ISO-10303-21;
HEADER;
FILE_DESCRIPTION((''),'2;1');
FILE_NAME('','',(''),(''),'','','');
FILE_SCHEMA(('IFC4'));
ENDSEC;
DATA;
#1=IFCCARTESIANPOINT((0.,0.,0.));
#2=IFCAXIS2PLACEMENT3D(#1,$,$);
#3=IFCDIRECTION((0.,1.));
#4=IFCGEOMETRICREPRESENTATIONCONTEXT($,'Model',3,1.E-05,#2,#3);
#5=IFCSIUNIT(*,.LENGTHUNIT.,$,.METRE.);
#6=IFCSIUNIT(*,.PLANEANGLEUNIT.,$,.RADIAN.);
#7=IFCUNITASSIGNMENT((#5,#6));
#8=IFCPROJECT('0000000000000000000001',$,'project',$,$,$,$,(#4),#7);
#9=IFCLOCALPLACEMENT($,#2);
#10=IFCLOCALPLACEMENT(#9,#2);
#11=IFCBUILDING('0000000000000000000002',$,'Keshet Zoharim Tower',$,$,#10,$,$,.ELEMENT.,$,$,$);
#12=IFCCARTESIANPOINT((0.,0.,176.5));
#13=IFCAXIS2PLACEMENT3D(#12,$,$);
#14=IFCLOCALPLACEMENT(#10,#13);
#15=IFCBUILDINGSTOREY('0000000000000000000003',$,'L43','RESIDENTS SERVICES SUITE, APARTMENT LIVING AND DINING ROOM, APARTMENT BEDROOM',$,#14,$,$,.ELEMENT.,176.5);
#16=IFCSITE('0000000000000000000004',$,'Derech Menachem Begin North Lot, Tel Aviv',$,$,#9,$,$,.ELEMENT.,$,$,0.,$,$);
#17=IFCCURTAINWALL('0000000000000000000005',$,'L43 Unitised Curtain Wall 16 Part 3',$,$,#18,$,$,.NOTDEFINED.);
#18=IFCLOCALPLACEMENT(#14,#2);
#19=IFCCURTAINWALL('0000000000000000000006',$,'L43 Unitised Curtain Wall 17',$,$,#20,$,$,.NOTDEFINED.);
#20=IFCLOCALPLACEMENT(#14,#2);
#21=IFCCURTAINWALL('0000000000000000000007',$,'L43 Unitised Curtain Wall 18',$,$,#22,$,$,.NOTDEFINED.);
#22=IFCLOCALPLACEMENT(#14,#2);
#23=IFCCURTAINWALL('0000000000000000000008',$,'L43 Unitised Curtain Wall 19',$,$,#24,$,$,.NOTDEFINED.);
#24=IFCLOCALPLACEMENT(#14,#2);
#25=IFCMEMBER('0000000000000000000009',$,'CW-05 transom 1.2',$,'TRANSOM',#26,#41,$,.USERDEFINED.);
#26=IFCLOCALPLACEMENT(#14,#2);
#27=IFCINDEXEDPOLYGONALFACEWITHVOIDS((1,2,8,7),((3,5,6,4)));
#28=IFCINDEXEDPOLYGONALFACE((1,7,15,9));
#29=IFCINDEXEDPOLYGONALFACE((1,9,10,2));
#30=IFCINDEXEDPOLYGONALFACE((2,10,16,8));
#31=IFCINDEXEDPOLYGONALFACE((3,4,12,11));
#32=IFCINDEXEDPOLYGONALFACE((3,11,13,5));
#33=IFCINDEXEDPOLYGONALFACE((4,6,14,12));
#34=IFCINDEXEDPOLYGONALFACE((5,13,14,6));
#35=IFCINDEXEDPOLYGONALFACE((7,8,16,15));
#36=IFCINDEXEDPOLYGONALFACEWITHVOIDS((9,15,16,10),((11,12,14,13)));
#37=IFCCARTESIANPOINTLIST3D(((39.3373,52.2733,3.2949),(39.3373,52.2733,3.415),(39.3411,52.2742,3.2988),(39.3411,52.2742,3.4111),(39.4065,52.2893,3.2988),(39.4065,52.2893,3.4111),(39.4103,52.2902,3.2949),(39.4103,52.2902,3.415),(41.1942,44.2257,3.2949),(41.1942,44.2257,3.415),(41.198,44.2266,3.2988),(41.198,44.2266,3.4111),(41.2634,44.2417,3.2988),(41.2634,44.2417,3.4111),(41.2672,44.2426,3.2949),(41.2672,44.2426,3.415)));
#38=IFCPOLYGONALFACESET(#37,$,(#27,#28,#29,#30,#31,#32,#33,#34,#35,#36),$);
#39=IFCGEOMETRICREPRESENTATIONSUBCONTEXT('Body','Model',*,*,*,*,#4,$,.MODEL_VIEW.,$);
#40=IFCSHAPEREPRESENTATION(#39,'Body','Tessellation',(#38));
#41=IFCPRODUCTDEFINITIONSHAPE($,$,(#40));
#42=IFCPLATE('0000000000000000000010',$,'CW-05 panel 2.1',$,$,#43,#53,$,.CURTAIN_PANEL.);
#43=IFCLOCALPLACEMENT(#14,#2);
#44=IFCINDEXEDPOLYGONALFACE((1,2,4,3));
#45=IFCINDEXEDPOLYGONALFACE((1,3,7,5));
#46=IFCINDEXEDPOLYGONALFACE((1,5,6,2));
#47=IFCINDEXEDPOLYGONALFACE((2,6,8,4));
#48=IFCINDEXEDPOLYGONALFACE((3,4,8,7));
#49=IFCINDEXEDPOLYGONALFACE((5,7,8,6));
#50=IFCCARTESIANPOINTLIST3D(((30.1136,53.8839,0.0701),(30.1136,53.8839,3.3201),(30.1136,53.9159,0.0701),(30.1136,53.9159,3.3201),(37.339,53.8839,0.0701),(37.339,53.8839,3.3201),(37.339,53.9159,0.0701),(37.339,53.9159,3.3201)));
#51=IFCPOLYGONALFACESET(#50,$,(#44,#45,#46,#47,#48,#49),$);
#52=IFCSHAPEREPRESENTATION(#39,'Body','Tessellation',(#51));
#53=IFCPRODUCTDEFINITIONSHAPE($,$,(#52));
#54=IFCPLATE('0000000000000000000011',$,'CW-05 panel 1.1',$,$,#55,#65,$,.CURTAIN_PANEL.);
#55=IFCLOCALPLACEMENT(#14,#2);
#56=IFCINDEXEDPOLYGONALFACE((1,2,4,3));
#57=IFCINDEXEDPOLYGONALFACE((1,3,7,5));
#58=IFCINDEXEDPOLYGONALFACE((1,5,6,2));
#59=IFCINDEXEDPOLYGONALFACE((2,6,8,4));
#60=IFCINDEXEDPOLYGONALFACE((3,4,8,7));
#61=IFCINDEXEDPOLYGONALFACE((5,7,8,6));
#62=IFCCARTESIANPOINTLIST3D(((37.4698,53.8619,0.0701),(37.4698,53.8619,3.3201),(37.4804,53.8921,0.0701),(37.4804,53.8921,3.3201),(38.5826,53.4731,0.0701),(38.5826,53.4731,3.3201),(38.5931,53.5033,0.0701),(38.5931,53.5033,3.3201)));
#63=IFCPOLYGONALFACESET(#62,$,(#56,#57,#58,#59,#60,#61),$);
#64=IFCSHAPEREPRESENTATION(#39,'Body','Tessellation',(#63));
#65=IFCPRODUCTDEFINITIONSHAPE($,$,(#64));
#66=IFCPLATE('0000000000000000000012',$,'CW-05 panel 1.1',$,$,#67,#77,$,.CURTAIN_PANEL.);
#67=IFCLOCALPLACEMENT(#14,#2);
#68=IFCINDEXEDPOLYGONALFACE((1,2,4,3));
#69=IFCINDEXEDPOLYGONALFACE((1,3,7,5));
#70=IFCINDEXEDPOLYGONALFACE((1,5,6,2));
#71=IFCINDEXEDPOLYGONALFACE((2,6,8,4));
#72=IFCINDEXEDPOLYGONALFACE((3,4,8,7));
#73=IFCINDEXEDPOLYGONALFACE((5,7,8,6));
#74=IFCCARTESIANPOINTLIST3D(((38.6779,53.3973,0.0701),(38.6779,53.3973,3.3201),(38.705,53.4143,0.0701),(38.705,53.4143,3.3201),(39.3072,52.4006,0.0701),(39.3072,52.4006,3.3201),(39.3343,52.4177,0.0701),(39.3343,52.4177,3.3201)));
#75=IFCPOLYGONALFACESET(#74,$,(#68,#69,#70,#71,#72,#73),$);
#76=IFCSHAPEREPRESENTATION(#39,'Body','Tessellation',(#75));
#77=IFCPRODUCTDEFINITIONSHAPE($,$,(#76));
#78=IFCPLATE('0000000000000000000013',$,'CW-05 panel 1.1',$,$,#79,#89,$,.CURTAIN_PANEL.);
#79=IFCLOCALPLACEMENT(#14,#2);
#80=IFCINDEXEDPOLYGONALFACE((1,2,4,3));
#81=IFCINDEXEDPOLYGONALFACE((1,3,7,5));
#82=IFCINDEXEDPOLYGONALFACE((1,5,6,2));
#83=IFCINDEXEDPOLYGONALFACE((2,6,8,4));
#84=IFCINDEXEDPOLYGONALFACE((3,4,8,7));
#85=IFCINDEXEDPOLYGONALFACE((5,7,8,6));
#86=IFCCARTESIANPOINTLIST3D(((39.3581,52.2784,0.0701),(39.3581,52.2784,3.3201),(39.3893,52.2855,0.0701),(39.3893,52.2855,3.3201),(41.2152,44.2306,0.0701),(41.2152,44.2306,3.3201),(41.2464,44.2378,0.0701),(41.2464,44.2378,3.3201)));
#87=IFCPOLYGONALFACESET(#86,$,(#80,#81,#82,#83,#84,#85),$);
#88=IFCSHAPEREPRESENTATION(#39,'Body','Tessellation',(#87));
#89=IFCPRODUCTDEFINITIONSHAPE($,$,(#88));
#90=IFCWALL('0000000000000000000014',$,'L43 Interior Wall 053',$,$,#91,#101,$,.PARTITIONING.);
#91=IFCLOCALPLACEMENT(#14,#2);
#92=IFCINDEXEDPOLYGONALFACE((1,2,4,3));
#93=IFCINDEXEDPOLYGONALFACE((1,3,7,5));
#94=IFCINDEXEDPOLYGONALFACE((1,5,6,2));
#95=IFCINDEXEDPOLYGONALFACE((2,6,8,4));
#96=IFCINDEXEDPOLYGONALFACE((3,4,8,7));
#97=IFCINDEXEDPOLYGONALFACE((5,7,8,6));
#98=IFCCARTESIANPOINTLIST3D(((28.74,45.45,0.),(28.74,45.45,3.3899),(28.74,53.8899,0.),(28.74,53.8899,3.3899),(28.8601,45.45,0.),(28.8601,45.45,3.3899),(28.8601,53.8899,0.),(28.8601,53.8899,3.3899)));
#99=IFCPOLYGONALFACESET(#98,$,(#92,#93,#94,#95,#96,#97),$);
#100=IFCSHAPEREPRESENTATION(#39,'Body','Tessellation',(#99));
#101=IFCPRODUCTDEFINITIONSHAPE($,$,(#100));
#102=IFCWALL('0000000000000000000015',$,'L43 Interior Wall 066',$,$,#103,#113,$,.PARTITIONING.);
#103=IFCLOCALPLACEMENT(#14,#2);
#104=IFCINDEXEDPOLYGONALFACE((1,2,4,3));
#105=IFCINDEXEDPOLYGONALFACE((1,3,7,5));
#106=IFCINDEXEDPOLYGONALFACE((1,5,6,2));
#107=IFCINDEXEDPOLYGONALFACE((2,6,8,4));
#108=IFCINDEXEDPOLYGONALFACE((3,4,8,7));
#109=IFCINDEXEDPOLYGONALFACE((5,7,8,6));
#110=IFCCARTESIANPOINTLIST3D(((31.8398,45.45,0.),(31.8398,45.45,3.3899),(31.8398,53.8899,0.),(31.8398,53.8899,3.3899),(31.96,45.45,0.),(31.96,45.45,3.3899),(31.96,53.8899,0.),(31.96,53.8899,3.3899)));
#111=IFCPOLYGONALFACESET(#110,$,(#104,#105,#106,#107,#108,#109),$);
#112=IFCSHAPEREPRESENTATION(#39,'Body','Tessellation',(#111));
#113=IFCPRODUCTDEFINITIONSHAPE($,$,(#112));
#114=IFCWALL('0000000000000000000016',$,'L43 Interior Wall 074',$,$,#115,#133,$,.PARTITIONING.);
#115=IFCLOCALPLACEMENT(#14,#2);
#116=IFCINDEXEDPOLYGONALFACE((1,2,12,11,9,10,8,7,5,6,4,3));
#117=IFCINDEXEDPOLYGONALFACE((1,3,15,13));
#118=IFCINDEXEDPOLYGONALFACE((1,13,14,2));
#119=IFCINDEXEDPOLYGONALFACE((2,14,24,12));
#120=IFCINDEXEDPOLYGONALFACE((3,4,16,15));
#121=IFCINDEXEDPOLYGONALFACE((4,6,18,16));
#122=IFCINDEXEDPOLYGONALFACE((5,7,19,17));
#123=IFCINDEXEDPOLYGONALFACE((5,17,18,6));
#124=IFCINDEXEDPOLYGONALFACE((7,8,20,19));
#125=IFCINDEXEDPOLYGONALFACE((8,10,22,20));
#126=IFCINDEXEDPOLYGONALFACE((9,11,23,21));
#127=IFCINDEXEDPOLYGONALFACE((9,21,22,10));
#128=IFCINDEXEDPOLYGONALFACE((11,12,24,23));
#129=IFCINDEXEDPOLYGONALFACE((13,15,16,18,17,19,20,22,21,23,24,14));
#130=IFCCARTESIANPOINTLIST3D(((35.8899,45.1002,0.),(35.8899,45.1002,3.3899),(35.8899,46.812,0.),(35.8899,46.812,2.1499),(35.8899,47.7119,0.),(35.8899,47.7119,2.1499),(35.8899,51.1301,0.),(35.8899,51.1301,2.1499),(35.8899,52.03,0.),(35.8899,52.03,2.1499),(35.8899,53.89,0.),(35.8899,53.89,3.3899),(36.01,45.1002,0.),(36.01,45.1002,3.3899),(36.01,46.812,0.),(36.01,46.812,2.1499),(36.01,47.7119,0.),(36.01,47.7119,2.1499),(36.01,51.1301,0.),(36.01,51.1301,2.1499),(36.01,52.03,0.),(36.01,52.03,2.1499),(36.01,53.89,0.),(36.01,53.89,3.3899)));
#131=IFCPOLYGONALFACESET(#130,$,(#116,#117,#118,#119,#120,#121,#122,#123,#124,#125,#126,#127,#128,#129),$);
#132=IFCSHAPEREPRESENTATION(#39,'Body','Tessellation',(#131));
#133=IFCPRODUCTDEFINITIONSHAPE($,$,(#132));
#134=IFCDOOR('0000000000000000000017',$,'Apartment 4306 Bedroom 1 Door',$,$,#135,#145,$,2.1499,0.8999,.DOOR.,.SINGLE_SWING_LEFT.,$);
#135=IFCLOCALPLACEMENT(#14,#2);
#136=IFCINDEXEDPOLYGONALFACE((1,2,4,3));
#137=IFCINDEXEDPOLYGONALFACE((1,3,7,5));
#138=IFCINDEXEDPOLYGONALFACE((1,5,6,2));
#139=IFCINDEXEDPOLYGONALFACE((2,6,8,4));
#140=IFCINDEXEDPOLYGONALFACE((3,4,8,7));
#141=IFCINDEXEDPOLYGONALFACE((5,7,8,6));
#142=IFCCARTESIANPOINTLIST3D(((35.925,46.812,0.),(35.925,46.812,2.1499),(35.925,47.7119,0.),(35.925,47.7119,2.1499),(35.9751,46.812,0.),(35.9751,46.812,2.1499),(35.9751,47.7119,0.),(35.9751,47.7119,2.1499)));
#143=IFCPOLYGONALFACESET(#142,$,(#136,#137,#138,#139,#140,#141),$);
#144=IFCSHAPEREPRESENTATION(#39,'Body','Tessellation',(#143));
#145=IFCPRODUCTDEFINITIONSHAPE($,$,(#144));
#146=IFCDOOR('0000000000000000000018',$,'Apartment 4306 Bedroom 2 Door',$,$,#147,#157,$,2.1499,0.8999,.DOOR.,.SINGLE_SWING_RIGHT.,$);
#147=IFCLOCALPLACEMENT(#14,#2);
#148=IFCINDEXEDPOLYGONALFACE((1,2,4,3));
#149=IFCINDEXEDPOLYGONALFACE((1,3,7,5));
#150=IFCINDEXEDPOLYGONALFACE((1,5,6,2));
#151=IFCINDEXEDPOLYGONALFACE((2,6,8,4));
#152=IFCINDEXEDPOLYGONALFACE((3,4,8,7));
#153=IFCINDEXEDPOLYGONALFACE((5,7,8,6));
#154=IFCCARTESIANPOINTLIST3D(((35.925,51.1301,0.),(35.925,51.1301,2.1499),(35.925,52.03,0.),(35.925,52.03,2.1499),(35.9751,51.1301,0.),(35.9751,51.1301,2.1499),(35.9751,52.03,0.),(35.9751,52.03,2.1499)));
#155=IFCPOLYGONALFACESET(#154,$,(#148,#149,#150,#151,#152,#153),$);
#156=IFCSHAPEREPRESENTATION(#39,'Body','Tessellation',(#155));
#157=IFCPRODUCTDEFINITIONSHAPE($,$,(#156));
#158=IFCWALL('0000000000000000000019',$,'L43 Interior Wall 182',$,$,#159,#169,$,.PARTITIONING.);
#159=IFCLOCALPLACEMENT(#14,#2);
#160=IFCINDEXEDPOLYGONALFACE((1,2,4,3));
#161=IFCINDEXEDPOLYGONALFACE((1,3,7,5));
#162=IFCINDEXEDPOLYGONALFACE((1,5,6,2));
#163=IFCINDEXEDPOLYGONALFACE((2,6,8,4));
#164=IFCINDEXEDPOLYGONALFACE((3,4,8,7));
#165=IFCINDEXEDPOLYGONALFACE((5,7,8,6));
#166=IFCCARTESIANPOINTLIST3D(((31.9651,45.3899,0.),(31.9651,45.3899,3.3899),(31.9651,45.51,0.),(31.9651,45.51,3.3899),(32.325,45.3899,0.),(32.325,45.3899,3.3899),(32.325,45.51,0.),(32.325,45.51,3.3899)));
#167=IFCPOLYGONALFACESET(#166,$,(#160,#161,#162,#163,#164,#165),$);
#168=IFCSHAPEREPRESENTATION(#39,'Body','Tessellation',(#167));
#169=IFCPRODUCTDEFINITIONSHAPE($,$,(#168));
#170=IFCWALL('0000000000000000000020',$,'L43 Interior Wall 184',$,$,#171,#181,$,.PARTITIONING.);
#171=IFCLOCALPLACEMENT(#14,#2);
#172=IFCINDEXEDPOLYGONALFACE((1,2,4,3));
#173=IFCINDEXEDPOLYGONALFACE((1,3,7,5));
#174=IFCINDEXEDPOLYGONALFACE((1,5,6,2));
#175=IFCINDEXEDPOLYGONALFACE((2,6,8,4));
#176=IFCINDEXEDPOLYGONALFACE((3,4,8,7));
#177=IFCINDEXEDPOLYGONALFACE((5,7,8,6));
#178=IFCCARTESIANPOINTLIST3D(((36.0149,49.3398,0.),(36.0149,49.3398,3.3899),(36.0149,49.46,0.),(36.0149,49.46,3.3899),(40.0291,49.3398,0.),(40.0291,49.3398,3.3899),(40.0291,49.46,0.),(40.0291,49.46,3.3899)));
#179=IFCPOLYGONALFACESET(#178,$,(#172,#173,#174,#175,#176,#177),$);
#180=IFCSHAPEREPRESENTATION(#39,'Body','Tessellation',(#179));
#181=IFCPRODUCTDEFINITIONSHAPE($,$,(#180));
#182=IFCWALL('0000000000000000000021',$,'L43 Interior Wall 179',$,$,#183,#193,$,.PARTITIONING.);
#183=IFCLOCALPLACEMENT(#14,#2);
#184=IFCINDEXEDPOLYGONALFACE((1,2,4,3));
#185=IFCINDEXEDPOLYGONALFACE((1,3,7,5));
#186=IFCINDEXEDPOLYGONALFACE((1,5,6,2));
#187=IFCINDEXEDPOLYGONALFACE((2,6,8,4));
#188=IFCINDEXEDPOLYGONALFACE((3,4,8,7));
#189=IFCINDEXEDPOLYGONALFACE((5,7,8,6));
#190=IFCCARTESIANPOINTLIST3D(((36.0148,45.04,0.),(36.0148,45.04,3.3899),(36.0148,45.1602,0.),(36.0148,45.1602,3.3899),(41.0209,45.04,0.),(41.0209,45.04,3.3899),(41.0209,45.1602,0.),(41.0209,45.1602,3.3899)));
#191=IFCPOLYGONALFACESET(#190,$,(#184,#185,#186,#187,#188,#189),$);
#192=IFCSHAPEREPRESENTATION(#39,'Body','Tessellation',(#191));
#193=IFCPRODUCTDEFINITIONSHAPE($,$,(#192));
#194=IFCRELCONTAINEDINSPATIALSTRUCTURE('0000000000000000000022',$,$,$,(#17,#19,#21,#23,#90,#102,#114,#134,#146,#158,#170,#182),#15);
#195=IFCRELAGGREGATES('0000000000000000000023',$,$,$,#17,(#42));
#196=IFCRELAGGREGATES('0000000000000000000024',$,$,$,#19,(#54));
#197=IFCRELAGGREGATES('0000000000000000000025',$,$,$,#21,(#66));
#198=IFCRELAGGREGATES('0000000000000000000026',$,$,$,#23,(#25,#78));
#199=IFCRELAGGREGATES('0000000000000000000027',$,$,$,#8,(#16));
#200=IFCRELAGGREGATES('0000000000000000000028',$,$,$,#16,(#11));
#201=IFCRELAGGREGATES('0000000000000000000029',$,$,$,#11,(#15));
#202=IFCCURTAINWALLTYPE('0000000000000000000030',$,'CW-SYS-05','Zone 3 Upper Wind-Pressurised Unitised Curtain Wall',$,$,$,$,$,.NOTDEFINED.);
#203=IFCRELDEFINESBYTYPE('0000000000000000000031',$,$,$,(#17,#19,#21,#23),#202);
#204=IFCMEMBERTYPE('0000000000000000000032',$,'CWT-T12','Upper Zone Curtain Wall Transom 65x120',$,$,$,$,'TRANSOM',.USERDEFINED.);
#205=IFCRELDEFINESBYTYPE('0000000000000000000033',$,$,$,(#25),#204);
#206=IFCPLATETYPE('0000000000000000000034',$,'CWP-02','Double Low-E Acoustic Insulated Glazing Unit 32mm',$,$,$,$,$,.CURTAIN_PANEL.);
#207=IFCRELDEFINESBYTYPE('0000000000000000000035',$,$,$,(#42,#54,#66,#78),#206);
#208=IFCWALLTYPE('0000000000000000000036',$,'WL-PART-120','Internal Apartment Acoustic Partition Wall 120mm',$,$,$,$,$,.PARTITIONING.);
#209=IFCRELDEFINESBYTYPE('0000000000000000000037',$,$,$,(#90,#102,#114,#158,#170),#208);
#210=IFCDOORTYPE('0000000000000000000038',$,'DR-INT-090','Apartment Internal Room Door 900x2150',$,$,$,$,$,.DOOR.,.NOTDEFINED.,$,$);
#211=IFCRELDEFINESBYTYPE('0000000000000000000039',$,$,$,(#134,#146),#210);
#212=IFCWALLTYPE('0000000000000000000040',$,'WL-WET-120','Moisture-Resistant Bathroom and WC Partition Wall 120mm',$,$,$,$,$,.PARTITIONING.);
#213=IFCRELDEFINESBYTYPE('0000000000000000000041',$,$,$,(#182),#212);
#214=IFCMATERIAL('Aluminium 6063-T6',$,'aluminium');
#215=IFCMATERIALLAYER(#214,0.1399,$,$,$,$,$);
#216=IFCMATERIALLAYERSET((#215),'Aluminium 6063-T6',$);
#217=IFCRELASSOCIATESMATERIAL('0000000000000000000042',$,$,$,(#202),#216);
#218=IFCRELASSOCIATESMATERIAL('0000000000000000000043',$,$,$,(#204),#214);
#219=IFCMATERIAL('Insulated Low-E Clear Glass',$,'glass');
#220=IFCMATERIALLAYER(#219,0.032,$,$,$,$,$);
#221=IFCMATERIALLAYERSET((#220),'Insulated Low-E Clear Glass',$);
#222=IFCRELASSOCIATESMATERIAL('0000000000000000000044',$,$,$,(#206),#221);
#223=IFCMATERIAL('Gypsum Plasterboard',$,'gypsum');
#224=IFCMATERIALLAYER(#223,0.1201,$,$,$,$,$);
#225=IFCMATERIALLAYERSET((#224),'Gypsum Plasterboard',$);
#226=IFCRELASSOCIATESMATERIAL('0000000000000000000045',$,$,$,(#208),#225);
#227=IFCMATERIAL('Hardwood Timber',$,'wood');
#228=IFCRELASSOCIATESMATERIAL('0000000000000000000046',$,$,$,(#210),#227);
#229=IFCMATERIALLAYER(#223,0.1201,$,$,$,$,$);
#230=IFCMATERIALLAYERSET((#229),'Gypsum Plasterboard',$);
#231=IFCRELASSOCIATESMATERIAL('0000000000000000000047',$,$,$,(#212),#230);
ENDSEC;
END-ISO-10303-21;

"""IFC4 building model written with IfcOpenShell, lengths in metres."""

from ifc_helpers import new_model, si_unit, direction, frame, frame_2d, origin, origin_2d, place, context, subcontext, project, spatial, rectangle, hollow_rectangle, extrude, material, layer, layer_set, material_profile, profile_set, type_object, element, fill, aggregate, save


model = new_model("IFC4")

# Units and contexts
model_context = context("Model", 3, precision=1e-05, world=origin(), true_north=direction((0.0, 1.0)))
body_context = subcontext(model_context, "Body", "Model", "MODEL_VIEW")
ifc_project = project(units=[si_unit("LENGTHUNIT", "METRE"), si_unit("PLANEANGLEUNIT", "RADIAN")], contexts=[model_context])

# Site, building, storey
site_placement = place(None, origin())
site = spatial("IfcSite", under=ifc_project, at=site_placement, Name="Derech Menachem Begin North Lot, Tel Aviv", CompositionType="ELEMENT", RefElevation=0.0)
building_placement = place(site_placement, origin())
building = spatial("IfcBuilding", under=site, at=building_placement, Name="Keshet Zoharim Tower", CompositionType="ELEMENT")
storey_placement = place(building_placement, frame((0.0, 0.0, 176.5)))
storey = spatial("IfcBuildingStorey", under=building, at=storey_placement, Name="L43", Description="RESIDENTS SERVICES SUITE, APARTMENT LIVING AND DINING ROOM, APARTMENT BEDROOM", CompositionType="ELEMENT", Elevation=176.5)

# Curtain walls
ifc_material_1 = material(Name="Aluminium 6063-T6", Category="aluminium")
ifc_layer_1 = layer(ifc_material_1, 0.1399)
ifc_layer_set_1 = layer_set([ifc_layer_1], Name="Aluminium 6063-T6")
curtain_wall_type = type_object("IfcCurtainWallType", Name="CW-SYS-05", Description="Zone 3 Upper Wind-Pressurised Unitised Curtain Wall", PredefinedType="NOTDEFINED", material=ifc_layer_set_1)
curtain_wall_1_placement = place(storey_placement, origin())
curtain_wall_1 = element("IfcCurtainWall", 1, at=curtain_wall_1_placement, inside=storey, type_object=curtain_wall_type, Name="L43 Unitised Curtain Wall 16 Part 3", PredefinedType="NOTDEFINED")
curtain_wall_2_placement = place(storey_placement, origin())
curtain_wall_2 = element("IfcCurtainWall", 2, at=curtain_wall_2_placement, inside=storey, type_object=curtain_wall_type, Name="L43 Unitised Curtain Wall 17", PredefinedType="NOTDEFINED")
curtain_wall_3_placement = place(storey_placement, origin())
curtain_wall_3 = element("IfcCurtainWall", 3, at=curtain_wall_3_placement, inside=storey, type_object=curtain_wall_type, Name="L43 Unitised Curtain Wall 18", PredefinedType="NOTDEFINED")

# Curtain wall
curtain_wall_4_placement = place(storey_placement, origin())
curtain_wall_4 = element("IfcCurtainWall", 4, at=curtain_wall_4_placement, inside=storey, type_object=curtain_wall_type, Name="L43 Unitised Curtain Wall 19", PredefinedType="NOTDEFINED")

# Member
ifc_material_profile_1 = material_profile(ifc_material_1, hollow_rectangle(XDim=0.075, YDim=0.1201, WallThickness=0.0039, at=origin_2d()), Name="TRN-75x120")
ifc_profile_set_1 = profile_set([ifc_material_profile_1], Name="Aluminium 6063-T6")
member_type_1 = type_object("IfcMemberType", Name="CWT-T12", Description="Upper Zone Curtain Wall Transom 65x120", ElementType="TRANSOM", PredefinedType="USERDEFINED", material=ifc_profile_set_1)
member_1_placement = place(storey_placement, frame((39.3738, 52.2817, 3.355), z_axis=(0.224836, -0.974397, 0.0), x_axis=(0.974397, 0.224836, 0.0)))
member_1 = element("IfcMember", 5, at=member_1_placement, type_object=member_type_1, Name="CW-05 transom 1.2", ObjectType="TRANSOM", PredefinedType="USERDEFINED", context=body_context, shape_type="SweptSolid", body=[
    extrude(hollow_rectangle(XDim=0.075, YDim=0.1201, WallThickness=0.0039, at=origin_2d()), origin(), (0.0, 0.0, 1.0), 8.259),
])

# Plates
ifc_material_2 = material(Name="Insulated Low-E Clear Glass", Category="glass")
ifc_layer_2 = layer(ifc_material_2, 0.032)
ifc_layer_set_2 = layer_set([ifc_layer_2], Name="Insulated Low-E Clear Glass")
plate_type = type_object("IfcPlateType", Name="CWP-02", Description="Double Low-E Acoustic Insulated Glazing Unit 32mm", PredefinedType="CURTAIN_PANEL", material=ifc_layer_set_2)
plate_1_placement = place(storey_placement, frame((33.7263, 53.8999, 0.0701), z_axis=(0.0, 0.0, 1.0), x_axis=(1.0, 0.0, 0.0)))
plate_1 = element("IfcPlate", 6, at=plate_1_placement, type_object=plate_type, Name="CW-05 panel 2.1", PredefinedType="CURTAIN_PANEL", context=body_context, shape_type="SweptSolid", body=[
    extrude(rectangle(XDim=7.2253, YDim=0.032, at=origin_2d()), origin(), (0.0, 0.0, 1.0), 3.25),
])
aggregate(curtain_wall_1, [plate_1])
plate_2_placement = place(storey_placement, frame((38.0315, 53.6826, 0.0701), z_axis=(0.0, 0.0, 1.0), x_axis=(0.944036, -0.329844, 0.0)))
plate_2 = element("IfcPlate", 7, at=plate_2_placement, type_object=plate_type, Name="CW-05 panel 1.1", PredefinedType="CURTAIN_PANEL", context=body_context, shape_type="SweptSolid", body=[
    extrude(rectangle(XDim=1.1787, YDim=0.032, at=origin_2d()), origin(), (0.0, 0.0, 1.0), 3.25),
])
aggregate(curtain_wall_2, [plate_2])
plate_3_placement = place(storey_placement, frame((39.0061, 52.9075, 0.0701), z_axis=(0.0, 0.0, 1.0), x_axis=(0.533879, -0.845561, 0.0)))
plate_3 = element("IfcPlate", 8, at=plate_3_placement, type_object=plate_type, Name="CW-05 panel 1.1", PredefinedType="CURTAIN_PANEL", context=body_context, shape_type="SweptSolid", body=[
    extrude(rectangle(XDim=1.1787, YDim=0.032, at=origin_2d()), origin(), (0.0, 0.0, 1.0), 3.25),
])
aggregate(curtain_wall_3, [plate_3])
plate_4_placement = place(storey_placement, frame((40.3022, 48.2581, 0.0701), z_axis=(0.0, 0.0, 1.0), x_axis=(0.224848, -0.974394, 0.0)))
plate_4 = element("IfcPlate", 9, at=plate_4_placement, type_object=plate_type, Name="CW-05 panel 1.1", PredefinedType="CURTAIN_PANEL", context=body_context, shape_type="SweptSolid", body=[
    extrude(rectangle(XDim=8.2593, YDim=0.032, at=origin_2d()), origin(), (0.0, 0.0, 1.0), 3.25),
])
aggregate(curtain_wall_4, [member_1, plate_4])

# Walls
ifc_material_3 = material(Name="Gypsum Plasterboard", Category="gypsum")
ifc_layer_3 = layer(ifc_material_3, 0.1201)
ifc_layer_set_3 = layer_set([ifc_layer_3], Name="Gypsum Plasterboard")
wall_type_1 = type_object("IfcWallType", Name="WL-PART-120", Description="Internal Apartment Acoustic Partition Wall 120mm", PredefinedType="PARTITIONING", material=ifc_layer_set_3)
for number, where, z_axis, x_axis, name in (
    (10, (28.8, 45.45, 0.0), (0.0, 0.0, 1.0), (0.0, 1.0, 0.0), "L43 Interior Wall 053"),
    (11, (31.8999, 45.45, 0.0), (0.0, 0.0, 1.0), (0.0, 1.0, 0.0), "L43 Interior Wall 066"),
):
    element("IfcWall", number, at=place(storey_placement, frame(where, z_axis=z_axis, x_axis=x_axis)), inside=storey, type_object=wall_type_1, Name=name, PredefinedType="PARTITIONING", context=body_context, shape_type="SweptSolid", body=[
        extrude(rectangle(XDim=8.4399, YDim=0.1201, at=frame_2d((4.22, 0.0))), origin(), (0.0, 0.0, 1.0), 3.3899),
    ])

# Wall, openings, doors
wall_1_placement = place(storey_placement, frame((35.95, 45.1001, 0.0), z_axis=(0.0, 0.0, 1.0), x_axis=(0.0, 1.0, 0.0)))
wall_1 = element("IfcWall", 12, at=wall_1_placement, inside=storey, type_object=wall_type_1, Name="L43 Interior Wall 074", PredefinedType="PARTITIONING", context=body_context, shape_type="SweptSolid", body=[
    extrude(rectangle(XDim=8.7898, YDim=0.1201, at=frame_2d((4.395, 0.0))), origin(), (0.0, 0.0, 1.0), 3.3899),
])
opening_1_placement = place(wall_1_placement, frame((1.7119, 0.0, 0.0)))
opening_1 = element("IfcOpeningElement", 13, at=opening_1_placement, cuts=wall_1, PredefinedType="OPENING", context=body_context, shape_type="SweptSolid", body=[
    extrude(rectangle(XDim=0.8999, YDim=2.1499, at=frame_2d((0.45, 1.075))), frame((0.0, 0.0701, 0.0), z_axis=(0.0, -1.0, 0.0), x_axis=(1.0, 0.0, 0.0)), (0.0, 0.0, 1.0), 0.1401),
])
opening_2_placement = place(wall_1_placement, frame((6.03, 0.0, 0.0)))
opening_2 = element("IfcOpeningElement", 14, at=opening_2_placement, cuts=wall_1, PredefinedType="OPENING", context=body_context, shape_type="SweptSolid", body=[
    extrude(rectangle(XDim=0.8999, YDim=2.1499, at=frame_2d((0.45, 1.075))), frame((0.0, 0.0701, 0.0), z_axis=(0.0, -1.0, 0.0), x_axis=(1.0, 0.0, 0.0)), (0.0, 0.0, 1.0), 0.1401),
])
ifc_material_4 = material(Name="Hardwood Timber", Category="wood")
door_type = type_object("IfcDoorType", Name="DR-INT-090", Description="Apartment Internal Room Door 900x2150", OperationType="NOTDEFINED", PredefinedType="DOOR", material=ifc_material_4)
door_1_placement = place(opening_1_placement, origin())
door_1 = element("IfcDoor", 15, at=door_1_placement, inside=storey, type_object=door_type, Name="Apartment 4306 Bedroom 1 Door", OperationType="SINGLE_SWING_LEFT", OverallHeight=2.1499, OverallWidth=0.8999, PredefinedType="DOOR", context=body_context, shape_type="SweptSolid", body=[
    extrude(rectangle(XDim=0.8999, YDim=2.1499, at=frame_2d((0.45, 1.075))), frame((0.0, 0.0249, 0.0), z_axis=(0.0, -1.0, 0.0), x_axis=(1.0, 0.0, 0.0)), (0.0, 0.0, 1.0), 0.05),
])
fill(opening_1, door_1)
door_2_placement = place(opening_2_placement, origin())
door_2 = element("IfcDoor", 16, at=door_2_placement, inside=storey, type_object=door_type, Name="Apartment 4306 Bedroom 2 Door", OperationType="SINGLE_SWING_RIGHT", OverallHeight=2.1499, OverallWidth=0.8999, PredefinedType="DOOR", context=body_context, shape_type="SweptSolid", body=[
    extrude(rectangle(XDim=0.8999, YDim=2.1499, at=frame_2d((0.45, 1.075))), frame((0.0, 0.0249, 0.0), z_axis=(0.0, -1.0, 0.0), x_axis=(1.0, 0.0, 0.0)), (0.0, 0.0, 1.0), 0.05),
])
fill(opening_2, door_2)

# Walls
wall_2_placement = place(storey_placement, frame((31.9651, 45.45, 0.0), z_axis=(0.0, 0.0, 1.0), x_axis=(1.0, 0.0, 0.0)))
element("IfcWall", 17, at=wall_2_placement, inside=storey, type_object=wall_type_1, Name="L43 Interior Wall 182", PredefinedType="PARTITIONING", context=body_context, shape_type="SweptSolid", body=[
    extrude(rectangle(XDim=0.3599, YDim=0.1201, at=frame_2d((0.1799, 0.0))), origin(), (0.0, 0.0, 1.0), 3.3899),
])
wall_3_placement = place(storey_placement, frame((36.0149, 49.3999, 0.0), z_axis=(0.0, 0.0, 1.0), x_axis=(1.0, 0.0, 0.0)))
element("IfcWall", 18, at=wall_3_placement, inside=storey, type_object=wall_type_1, Name="L43 Interior Wall 184", PredefinedType="PARTITIONING", context=body_context, shape_type="SweptSolid", body=[
    extrude(rectangle(XDim=4.0142, YDim=0.1201, at=frame_2d((2.0071, 0.0))), origin(), (0.0, 0.0, 1.0), 3.3899),
])
ifc_layer_4 = layer(ifc_material_3, 0.1201)
ifc_layer_set_4 = layer_set([ifc_layer_4], Name="Gypsum Plasterboard")
wall_type_2 = type_object("IfcWallType", Name="WL-WET-120", Description="Moisture-Resistant Bathroom and WC Partition Wall 120mm", PredefinedType="PARTITIONING", material=ifc_layer_set_4)
wall_4_placement = place(storey_placement, frame((36.0149, 45.1001, 0.0), z_axis=(0.0, 0.0, 1.0), x_axis=(1.0, 0.0, 0.0)))
element("IfcWall", 19, at=wall_4_placement, inside=storey, type_object=wall_type_2, Name="L43 Interior Wall 179", PredefinedType="PARTITIONING", context=body_context, shape_type="SweptSolid", body=[
    extrude(rectangle(XDim=5.0061, YDim=0.1201, at=frame_2d((2.5029, 0.0))), origin(), (0.0, 0.0, 1.0), 3.3899),
])

save(model, "model.ifc")
